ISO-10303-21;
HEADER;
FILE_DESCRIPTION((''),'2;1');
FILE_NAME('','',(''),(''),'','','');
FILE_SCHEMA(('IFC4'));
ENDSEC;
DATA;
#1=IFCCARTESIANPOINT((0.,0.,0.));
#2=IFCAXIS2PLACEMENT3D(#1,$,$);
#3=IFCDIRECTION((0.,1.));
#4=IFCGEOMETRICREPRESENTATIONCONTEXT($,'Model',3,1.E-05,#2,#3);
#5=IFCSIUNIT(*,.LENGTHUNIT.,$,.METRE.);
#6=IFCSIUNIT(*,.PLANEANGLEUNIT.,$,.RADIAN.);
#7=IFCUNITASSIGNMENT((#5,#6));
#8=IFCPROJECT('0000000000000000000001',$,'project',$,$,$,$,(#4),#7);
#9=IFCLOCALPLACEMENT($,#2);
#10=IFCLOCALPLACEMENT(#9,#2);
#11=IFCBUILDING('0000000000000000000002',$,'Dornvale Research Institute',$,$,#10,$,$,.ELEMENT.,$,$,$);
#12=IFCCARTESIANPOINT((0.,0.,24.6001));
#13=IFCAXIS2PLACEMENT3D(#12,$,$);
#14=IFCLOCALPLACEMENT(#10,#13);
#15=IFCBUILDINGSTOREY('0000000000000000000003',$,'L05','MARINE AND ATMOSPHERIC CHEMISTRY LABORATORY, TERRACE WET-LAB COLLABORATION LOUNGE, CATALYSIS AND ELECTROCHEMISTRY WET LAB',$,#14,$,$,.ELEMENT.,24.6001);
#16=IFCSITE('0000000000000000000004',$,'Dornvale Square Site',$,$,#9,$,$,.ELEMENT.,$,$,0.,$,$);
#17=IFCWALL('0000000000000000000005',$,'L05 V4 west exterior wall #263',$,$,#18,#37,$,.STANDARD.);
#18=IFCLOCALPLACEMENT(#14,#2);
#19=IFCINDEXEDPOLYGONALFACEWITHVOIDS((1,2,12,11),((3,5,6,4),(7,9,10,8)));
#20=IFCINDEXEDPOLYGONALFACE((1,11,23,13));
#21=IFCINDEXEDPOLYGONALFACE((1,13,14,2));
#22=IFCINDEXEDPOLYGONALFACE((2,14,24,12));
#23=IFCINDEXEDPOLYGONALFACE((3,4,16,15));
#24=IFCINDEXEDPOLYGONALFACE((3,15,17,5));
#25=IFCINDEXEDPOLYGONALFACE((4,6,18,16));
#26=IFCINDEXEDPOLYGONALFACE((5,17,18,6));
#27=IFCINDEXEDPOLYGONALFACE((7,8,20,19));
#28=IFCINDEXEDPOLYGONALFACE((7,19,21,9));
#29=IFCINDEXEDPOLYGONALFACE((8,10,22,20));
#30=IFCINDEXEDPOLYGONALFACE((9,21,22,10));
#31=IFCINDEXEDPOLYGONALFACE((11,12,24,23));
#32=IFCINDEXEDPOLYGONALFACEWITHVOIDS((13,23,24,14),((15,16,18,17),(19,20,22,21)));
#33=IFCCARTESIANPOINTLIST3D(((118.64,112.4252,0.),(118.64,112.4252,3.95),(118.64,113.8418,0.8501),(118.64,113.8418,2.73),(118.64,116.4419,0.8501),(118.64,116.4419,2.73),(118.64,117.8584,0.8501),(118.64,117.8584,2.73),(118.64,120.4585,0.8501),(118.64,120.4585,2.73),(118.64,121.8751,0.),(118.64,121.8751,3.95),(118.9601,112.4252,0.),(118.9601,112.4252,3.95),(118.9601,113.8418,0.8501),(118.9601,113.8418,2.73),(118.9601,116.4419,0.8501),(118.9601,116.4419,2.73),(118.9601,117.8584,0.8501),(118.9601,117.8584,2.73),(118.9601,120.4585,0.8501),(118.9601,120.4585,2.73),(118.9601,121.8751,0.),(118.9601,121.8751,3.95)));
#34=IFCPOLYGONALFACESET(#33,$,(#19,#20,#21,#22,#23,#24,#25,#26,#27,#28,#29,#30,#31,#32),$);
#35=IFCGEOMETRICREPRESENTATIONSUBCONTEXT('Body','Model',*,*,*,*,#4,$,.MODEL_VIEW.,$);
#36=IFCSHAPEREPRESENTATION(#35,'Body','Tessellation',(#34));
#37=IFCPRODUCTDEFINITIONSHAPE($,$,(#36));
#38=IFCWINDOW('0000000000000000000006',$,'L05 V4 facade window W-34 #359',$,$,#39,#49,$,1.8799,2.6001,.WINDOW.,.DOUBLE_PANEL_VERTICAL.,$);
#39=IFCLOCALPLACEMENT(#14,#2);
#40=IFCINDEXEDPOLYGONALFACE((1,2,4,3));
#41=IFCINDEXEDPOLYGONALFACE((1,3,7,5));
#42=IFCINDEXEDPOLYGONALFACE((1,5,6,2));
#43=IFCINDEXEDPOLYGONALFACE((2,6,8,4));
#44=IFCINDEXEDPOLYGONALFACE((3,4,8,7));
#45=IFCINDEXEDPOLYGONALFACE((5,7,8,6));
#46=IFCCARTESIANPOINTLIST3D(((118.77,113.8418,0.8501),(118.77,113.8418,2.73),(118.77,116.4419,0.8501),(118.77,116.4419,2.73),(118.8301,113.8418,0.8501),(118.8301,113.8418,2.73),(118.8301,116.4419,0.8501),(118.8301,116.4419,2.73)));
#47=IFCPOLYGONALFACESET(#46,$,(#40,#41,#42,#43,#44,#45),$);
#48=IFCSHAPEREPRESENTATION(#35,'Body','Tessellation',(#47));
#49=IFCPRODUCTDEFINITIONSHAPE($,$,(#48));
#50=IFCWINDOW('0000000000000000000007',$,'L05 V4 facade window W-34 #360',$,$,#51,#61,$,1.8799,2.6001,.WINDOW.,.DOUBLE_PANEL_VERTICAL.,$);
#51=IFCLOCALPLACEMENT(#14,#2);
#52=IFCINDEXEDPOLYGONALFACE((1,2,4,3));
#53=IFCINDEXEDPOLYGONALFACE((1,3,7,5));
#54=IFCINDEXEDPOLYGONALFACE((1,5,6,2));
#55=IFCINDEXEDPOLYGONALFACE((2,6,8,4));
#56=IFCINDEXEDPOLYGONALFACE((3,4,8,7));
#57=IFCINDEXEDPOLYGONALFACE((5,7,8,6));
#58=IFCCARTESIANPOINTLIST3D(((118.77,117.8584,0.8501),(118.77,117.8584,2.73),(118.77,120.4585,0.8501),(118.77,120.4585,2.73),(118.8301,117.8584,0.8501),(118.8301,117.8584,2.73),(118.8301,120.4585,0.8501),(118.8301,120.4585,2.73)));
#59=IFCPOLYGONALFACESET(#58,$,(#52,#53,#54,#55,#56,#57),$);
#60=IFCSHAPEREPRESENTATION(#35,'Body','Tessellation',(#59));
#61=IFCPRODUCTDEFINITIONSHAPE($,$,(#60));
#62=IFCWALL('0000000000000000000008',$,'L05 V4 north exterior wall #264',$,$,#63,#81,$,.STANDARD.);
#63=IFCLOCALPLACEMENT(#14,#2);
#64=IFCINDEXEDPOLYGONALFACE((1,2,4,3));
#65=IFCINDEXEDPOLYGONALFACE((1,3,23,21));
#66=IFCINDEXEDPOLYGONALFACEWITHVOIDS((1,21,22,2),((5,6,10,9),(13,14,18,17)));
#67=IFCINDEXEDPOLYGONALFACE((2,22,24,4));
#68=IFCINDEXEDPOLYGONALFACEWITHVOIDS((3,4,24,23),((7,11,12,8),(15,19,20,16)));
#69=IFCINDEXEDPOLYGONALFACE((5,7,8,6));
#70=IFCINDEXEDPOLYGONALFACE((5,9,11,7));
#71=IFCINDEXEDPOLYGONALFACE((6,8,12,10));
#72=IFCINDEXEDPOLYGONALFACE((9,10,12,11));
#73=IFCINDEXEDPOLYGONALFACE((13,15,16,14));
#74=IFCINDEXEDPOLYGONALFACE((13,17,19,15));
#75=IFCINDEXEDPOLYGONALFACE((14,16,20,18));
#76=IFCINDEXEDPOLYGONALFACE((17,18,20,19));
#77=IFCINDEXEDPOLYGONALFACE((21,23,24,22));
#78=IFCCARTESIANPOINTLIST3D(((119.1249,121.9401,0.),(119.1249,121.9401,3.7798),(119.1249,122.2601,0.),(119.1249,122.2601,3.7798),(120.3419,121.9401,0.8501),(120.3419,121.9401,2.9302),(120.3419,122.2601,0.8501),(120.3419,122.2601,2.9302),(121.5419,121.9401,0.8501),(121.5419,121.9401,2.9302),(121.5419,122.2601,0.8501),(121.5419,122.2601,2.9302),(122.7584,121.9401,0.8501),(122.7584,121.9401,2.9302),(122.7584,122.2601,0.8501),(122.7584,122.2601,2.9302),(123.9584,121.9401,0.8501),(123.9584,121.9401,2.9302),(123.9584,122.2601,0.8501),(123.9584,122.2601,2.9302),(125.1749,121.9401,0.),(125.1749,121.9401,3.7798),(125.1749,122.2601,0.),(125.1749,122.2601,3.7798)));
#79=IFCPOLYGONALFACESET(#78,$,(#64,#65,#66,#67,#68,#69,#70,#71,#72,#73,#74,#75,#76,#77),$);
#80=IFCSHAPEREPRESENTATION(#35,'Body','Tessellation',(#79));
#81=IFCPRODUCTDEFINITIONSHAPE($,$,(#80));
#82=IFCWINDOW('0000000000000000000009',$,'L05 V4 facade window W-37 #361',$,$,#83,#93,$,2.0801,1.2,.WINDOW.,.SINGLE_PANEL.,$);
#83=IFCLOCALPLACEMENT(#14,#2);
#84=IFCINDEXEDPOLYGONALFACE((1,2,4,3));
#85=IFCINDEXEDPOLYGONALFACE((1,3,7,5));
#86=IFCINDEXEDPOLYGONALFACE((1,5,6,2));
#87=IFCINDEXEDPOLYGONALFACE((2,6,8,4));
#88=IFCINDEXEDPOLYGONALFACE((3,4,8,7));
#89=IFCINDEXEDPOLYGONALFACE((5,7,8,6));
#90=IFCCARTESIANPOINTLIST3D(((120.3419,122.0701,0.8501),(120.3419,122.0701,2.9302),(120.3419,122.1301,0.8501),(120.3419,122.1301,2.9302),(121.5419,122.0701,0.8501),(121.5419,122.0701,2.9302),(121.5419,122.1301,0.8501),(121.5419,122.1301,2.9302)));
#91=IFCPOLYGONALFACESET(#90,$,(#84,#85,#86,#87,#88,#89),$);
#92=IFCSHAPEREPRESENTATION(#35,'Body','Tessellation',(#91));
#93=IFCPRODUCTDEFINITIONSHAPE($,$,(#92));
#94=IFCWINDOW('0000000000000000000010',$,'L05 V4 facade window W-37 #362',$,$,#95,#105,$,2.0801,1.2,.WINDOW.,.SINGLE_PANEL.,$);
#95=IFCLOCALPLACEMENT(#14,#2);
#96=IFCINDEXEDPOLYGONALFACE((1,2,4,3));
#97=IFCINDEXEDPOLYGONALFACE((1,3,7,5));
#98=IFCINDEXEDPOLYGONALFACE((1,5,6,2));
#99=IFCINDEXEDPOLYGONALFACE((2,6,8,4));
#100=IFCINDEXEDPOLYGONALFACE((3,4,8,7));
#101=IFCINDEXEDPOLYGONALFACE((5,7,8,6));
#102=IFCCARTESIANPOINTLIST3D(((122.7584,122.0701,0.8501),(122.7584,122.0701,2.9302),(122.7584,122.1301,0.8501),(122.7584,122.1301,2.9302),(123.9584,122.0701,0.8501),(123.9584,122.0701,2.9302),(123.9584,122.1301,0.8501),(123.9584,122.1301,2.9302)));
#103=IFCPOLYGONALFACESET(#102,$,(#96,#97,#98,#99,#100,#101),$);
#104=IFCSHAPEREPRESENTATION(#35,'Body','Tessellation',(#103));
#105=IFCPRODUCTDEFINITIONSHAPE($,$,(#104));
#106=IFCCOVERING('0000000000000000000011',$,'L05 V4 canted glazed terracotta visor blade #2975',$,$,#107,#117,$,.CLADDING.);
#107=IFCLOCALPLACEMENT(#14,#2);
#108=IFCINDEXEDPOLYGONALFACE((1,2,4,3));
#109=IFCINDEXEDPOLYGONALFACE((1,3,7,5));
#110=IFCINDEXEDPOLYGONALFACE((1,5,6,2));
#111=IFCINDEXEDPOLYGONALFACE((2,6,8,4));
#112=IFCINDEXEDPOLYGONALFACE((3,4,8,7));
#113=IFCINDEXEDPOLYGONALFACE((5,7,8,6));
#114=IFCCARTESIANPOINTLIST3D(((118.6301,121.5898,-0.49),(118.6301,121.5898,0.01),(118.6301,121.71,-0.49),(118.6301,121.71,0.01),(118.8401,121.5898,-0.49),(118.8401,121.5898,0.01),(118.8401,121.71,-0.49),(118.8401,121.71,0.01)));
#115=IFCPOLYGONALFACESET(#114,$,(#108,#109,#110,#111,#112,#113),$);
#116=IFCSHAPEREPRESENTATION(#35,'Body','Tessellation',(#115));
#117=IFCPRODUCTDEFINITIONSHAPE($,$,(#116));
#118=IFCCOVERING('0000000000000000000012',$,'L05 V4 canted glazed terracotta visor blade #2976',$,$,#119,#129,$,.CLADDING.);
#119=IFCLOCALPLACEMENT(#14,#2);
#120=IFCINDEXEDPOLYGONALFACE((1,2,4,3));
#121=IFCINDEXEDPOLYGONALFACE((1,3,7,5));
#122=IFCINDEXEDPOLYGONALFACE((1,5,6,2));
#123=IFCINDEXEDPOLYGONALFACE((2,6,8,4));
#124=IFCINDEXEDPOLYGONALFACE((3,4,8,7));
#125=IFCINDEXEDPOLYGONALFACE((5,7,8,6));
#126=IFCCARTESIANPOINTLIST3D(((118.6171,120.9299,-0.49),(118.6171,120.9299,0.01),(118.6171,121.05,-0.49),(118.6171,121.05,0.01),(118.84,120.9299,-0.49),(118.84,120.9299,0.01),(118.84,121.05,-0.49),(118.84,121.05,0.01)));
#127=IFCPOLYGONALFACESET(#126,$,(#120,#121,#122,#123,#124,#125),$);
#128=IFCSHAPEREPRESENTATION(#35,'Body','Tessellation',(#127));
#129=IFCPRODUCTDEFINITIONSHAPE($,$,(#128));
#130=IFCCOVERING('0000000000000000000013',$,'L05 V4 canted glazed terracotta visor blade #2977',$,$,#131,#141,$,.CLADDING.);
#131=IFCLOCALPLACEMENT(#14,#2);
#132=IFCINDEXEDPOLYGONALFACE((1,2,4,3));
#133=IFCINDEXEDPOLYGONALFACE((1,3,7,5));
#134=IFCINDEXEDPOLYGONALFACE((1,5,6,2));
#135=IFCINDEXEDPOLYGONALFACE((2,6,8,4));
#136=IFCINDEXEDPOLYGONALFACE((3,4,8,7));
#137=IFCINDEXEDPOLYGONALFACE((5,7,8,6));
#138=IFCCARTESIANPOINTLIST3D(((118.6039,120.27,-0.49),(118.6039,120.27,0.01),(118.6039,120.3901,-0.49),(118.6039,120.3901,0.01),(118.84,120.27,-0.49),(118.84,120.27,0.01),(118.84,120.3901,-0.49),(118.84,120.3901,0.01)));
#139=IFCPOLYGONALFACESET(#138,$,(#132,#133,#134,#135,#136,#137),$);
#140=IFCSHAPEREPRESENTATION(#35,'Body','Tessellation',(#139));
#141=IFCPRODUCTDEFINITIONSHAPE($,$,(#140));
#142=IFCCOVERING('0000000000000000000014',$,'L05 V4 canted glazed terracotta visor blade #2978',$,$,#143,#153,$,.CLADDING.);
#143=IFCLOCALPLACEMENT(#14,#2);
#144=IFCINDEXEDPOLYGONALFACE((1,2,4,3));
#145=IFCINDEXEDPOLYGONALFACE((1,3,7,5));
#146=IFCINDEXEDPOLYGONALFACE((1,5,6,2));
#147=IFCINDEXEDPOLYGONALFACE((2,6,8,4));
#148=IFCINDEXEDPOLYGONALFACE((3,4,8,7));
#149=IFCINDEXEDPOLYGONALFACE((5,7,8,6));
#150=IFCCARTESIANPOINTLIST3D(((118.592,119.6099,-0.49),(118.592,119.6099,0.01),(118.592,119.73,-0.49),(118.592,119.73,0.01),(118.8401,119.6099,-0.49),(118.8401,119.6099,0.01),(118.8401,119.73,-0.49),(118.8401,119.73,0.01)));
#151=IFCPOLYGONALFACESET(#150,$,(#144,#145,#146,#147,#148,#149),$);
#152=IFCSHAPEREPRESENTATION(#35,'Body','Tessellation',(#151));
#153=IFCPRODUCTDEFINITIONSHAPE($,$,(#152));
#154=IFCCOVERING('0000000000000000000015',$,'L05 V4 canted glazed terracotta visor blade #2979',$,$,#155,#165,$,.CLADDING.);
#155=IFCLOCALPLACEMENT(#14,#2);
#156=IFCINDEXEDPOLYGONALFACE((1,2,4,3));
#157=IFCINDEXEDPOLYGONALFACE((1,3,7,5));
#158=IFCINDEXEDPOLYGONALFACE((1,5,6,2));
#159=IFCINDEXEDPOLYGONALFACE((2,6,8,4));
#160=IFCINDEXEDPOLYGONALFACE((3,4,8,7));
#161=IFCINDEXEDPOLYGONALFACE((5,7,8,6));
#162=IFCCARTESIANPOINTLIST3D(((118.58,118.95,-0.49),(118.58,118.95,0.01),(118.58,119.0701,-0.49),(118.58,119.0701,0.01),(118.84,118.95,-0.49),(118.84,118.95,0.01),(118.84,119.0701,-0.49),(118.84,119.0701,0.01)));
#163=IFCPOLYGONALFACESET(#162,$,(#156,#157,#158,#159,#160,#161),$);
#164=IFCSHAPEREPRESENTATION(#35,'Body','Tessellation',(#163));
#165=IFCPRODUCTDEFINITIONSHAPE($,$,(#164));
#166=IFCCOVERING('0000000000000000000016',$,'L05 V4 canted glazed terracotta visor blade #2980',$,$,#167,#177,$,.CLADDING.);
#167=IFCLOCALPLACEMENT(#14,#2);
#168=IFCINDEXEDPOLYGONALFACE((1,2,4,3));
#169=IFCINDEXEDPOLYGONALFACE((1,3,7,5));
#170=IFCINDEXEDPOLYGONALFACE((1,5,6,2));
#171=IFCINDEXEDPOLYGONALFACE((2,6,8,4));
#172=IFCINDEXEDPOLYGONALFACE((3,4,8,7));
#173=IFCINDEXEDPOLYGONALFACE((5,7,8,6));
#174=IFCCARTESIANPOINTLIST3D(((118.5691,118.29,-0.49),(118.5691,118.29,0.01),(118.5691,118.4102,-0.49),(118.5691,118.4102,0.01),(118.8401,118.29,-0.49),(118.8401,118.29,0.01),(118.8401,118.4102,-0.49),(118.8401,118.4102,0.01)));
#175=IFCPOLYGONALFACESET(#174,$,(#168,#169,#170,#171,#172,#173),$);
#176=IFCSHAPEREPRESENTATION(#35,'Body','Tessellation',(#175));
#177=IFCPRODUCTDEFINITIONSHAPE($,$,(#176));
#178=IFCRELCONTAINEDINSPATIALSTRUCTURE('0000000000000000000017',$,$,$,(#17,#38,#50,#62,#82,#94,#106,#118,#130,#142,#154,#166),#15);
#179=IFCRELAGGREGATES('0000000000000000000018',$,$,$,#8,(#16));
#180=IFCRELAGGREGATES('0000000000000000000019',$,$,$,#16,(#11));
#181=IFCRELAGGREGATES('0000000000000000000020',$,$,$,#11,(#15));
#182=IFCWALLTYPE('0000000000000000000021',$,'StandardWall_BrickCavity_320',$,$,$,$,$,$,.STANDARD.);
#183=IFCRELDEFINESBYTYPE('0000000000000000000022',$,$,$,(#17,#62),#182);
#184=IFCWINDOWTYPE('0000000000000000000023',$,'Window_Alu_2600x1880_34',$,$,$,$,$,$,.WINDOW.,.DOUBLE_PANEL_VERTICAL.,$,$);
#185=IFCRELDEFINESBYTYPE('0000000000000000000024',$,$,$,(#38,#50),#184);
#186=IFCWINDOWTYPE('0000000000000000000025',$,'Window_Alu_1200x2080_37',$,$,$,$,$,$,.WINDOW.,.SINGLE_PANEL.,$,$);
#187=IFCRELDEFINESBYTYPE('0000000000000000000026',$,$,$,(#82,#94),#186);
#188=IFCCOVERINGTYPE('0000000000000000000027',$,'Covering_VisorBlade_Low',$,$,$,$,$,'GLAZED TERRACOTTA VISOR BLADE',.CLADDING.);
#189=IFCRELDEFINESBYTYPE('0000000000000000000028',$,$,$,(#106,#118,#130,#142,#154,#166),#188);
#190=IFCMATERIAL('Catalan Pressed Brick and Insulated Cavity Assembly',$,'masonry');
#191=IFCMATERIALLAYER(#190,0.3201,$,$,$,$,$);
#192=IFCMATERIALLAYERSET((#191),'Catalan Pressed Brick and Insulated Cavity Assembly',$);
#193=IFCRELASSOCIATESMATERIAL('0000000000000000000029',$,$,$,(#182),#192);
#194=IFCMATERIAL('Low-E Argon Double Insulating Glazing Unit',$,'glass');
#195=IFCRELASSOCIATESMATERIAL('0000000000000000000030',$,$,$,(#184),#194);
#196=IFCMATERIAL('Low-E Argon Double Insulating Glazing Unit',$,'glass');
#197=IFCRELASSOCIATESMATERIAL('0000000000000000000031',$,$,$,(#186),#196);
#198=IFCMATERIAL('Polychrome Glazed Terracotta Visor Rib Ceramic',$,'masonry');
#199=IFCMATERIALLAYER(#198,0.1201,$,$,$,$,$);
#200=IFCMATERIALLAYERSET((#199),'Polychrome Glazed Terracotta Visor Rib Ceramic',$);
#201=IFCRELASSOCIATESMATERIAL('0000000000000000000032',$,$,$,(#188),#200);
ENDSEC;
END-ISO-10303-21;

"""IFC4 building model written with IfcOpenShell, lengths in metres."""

from ifc_helpers import new_model, si_unit, direction, frame, frame_2d, origin, origin_2d, place, context, subcontext, project, spatial, rectangle, extrude, material, layer, layer_set, type_object, element, fill, save


model = new_model("IFC4")

# Units and contexts
model_context = context("Model", 3, precision=1e-05, world=origin(), true_north=direction((0.0, 1.0)))
body_context = subcontext(model_context, "Body", "Model", "MODEL_VIEW")
ifc_project = project(units=[si_unit("LENGTHUNIT", "METRE"), si_unit("PLANEANGLEUNIT", "RADIAN")], contexts=[model_context])

# Site, building, storey
site_placement = place(None, origin())
site = spatial("IfcSite", under=ifc_project, at=site_placement, Name="Dornvale Square Site", CompositionType="ELEMENT", RefElevation=0.0)
building_placement = place(site_placement, origin())
building = spatial("IfcBuilding", under=site, at=building_placement, Name="Dornvale Research Institute", CompositionType="ELEMENT")
storey_placement = place(building_placement, frame((0.0, 0.0, 24.6001)))
storey = spatial("IfcBuildingStorey", under=building, at=storey_placement, Name="L05", Description="MARINE AND ATMOSPHERIC CHEMISTRY LABORATORY, TERRACE WET-LAB COLLABORATION LOUNGE, CATALYSIS AND ELECTROCHEMISTRY WET LAB", CompositionType="ELEMENT", Elevation=24.6001)

# Walls, openings, windows
ifc_material_1 = material(Name="Catalan Pressed Brick and Insulated Cavity Assembly", Category="masonry")
ifc_layer_1 = layer(ifc_material_1, 0.3201)
ifc_layer_set_1 = layer_set([ifc_layer_1], Name="Catalan Pressed Brick and Insulated Cavity Assembly")
wall_type_1 = type_object("IfcWallType", Name="StandardWall_BrickCavity_320", PredefinedType="STANDARD", material=ifc_layer_set_1)
wall_1_placement = place(storey_placement, frame((118.8, 112.425, 0.0), z_axis=(0.0, 0.0, 1.0), x_axis=(0.0, 1.0, 0.0)))
wall_1 = element("IfcWall", 1, at=wall_1_placement, inside=storey, type_object=wall_type_1, Name="L05 V4 west exterior wall #263", PredefinedType="STANDARD", context=body_context, shape_type="SweptSolid", body=[
    extrude(rectangle(XDim=9.45, YDim=0.3201, at=frame_2d((4.7251, 0.0))), origin(), (0.0, 0.0, 1.0), 3.95),
])
opening_1_placement = place(wall_1_placement, frame((1.4167, 0.0, 0.8501)))
opening_1 = element("IfcOpeningElement", 2, at=opening_1_placement, cuts=wall_1, PredefinedType="OPENING", context=body_context, shape_type="SweptSolid", body=[
    extrude(rectangle(XDim=2.6001, YDim=1.8799, at=frame_2d((1.3, 0.9399))), frame((0.0, 0.175, 0.0), z_axis=(0.0, -1.0, 0.0), x_axis=(1.0, 0.0, 0.0)), (0.0, 0.0, 1.0), 0.3501),
])
opening_2_placement = place(wall_1_placement, frame((5.4333, 0.0, 0.8501)))
opening_2 = element("IfcOpeningElement", 3, at=opening_2_placement, cuts=wall_1, PredefinedType="OPENING", context=body_context, shape_type="SweptSolid", body=[
    extrude(rectangle(XDim=2.6001, YDim=1.8799, at=frame_2d((1.3, 0.9399))), frame((0.0, 0.175, 0.0), z_axis=(0.0, -1.0, 0.0), x_axis=(1.0, 0.0, 0.0)), (0.0, 0.0, 1.0), 0.3501),
])
ifc_material_2 = material(Name="Low-E Argon Double Insulating Glazing Unit", Category="glass")
window_type_1 = type_object("IfcWindowType", Name="Window_Alu_2600x1880_34", PartitioningType="DOUBLE_PANEL_VERTICAL", PredefinedType="WINDOW", material=ifc_material_2)
window_1_placement = place(opening_1_placement, origin())
window_1 = element("IfcWindow", 4, at=window_1_placement, inside=storey, type_object=window_type_1, Name="L05 V4 facade window W-34 #359", OverallHeight=1.8799, OverallWidth=2.6001, PartitioningType="DOUBLE_PANEL_VERTICAL", PredefinedType="WINDOW", context=body_context, shape_type="SweptSolid", body=[
    extrude(rectangle(XDim=2.6001, YDim=1.8799, at=frame_2d((1.3, 0.9399))), frame((0.0, 0.03, 0.0), z_axis=(0.0, -1.0, 0.0), x_axis=(1.0, 0.0, 0.0)), (0.0, 0.0, 1.0), 0.0601),
])
fill(opening_1, window_1)
window_2_placement = place(opening_2_placement, origin())
window_2 = element("IfcWindow", 5, at=window_2_placement, inside=storey, type_object=window_type_1, Name="L05 V4 facade window W-34 #360", OverallHeight=1.8799, OverallWidth=2.6001, PartitioningType="DOUBLE_PANEL_VERTICAL", PredefinedType="WINDOW", context=body_context, shape_type="SweptSolid", body=[
    extrude(rectangle(XDim=2.6001, YDim=1.8799, at=frame_2d((1.3, 0.9399))), frame((0.0, 0.03, 0.0), z_axis=(0.0, -1.0, 0.0), x_axis=(1.0, 0.0, 0.0)), (0.0, 0.0, 1.0), 0.0601),
])
fill(opening_2, window_2)
wall_2_placement = place(storey_placement, frame((119.125, 122.1001, 0.0), z_axis=(0.0, 0.0, 1.0), x_axis=(1.0, 0.0, 0.0)))
wall_2 = element("IfcWall", 6, at=wall_2_placement, inside=storey, type_object=wall_type_1, Name="L05 V4 north exterior wall #264", PredefinedType="STANDARD", context=body_context, shape_type="SweptSolid", body=[
    extrude(rectangle(XDim=6.05, YDim=0.3201, at=frame_2d((3.0249, 0.0))), origin(), (0.0, 0.0, 1.0), 3.7798),
])
opening_3_placement = place(wall_2_placement, frame((1.2168, 0.0, 0.8501)))
opening_3 = element("IfcOpeningElement", 7, at=opening_3_placement, cuts=wall_2, PredefinedType="OPENING", context=body_context, shape_type="SweptSolid", body=[
    extrude(rectangle(XDim=1.2, YDim=2.0801, at=frame_2d((0.6001, 1.04))), frame((0.0, 0.175, 0.0), z_axis=(0.0, -1.0, 0.0), x_axis=(1.0, 0.0, 0.0)), (0.0, 0.0, 1.0), 0.3501),
])
opening_4_placement = place(wall_2_placement, frame((3.6333, 0.0, 0.8501)))
opening_4 = element("IfcOpeningElement", 8, at=opening_4_placement, cuts=wall_2, PredefinedType="OPENING", context=body_context, shape_type="SweptSolid", body=[
    extrude(rectangle(XDim=1.2, YDim=2.0801, at=frame_2d((0.6001, 1.04))), frame((0.0, 0.175, 0.0), z_axis=(0.0, -1.0, 0.0), x_axis=(1.0, 0.0, 0.0)), (0.0, 0.0, 1.0), 0.3501),
])
ifc_material_3 = material(Name="Low-E Argon Double Insulating Glazing Unit", Category="glass")
window_type_2 = type_object("IfcWindowType", Name="Window_Alu_1200x2080_37", PartitioningType="SINGLE_PANEL", PredefinedType="WINDOW", material=ifc_material_3)
window_3_placement = place(opening_3_placement, origin())
window_3 = element("IfcWindow", 9, at=window_3_placement, inside=storey, type_object=window_type_2, Name="L05 V4 facade window W-37 #361", OverallHeight=2.0801, OverallWidth=1.2, PartitioningType="SINGLE_PANEL", PredefinedType="WINDOW", context=body_context, shape_type="SweptSolid", body=[
    extrude(rectangle(XDim=1.2, YDim=2.0801, at=frame_2d((0.6001, 1.04))), frame((0.0, 0.03, 0.0), z_axis=(0.0, -1.0, 0.0), x_axis=(1.0, 0.0, 0.0)), (0.0, 0.0, 1.0), 0.0601),
])
fill(opening_3, window_3)
window_4_placement = place(opening_4_placement, origin())
window_4 = element("IfcWindow", 10, at=window_4_placement, inside=storey, type_object=window_type_2, Name="L05 V4 facade window W-37 #362", OverallHeight=2.0801, OverallWidth=1.2, PartitioningType="SINGLE_PANEL", PredefinedType="WINDOW", context=body_context, shape_type="SweptSolid", body=[
    extrude(rectangle(XDim=1.2, YDim=2.0801, at=frame_2d((0.6001, 1.04))), frame((0.0, 0.03, 0.0), z_axis=(0.0, -1.0, 0.0), x_axis=(1.0, 0.0, 0.0)), (0.0, 0.0, 1.0), 0.0601),
])
fill(opening_4, window_4)

# Coverings
ifc_material_4 = material(Name="Polychrome Glazed Terracotta Visor Rib Ceramic", Category="masonry")
ifc_layer_2 = layer(ifc_material_4, 0.1201)
ifc_layer_set_2 = layer_set([ifc_layer_2], Name="Polychrome Glazed Terracotta Visor Rib Ceramic")
covering_type = type_object("IfcCoveringType", Name="Covering_VisorBlade_Low", ElementType="GLAZED TERRACOTTA VISOR BLADE", PredefinedType="CLADDING", material=ifc_layer_set_2)
covering_1_placement = place(storey_placement, frame((118.7351, 121.6499, -0.49), z_axis=(0.0, 0.0, 1.0), x_axis=(1.0, 0.0, 0.0)))
element("IfcCovering", 11, at=covering_1_placement, inside=storey, type_object=covering_type, Name="L05 V4 canted glazed terracotta visor blade #2975", PredefinedType="CLADDING", context=body_context, shape_type="SweptSolid", body=[
    extrude(rectangle(XDim=0.21, YDim=0.1201, at=origin_2d()), origin(), (0.0, 0.0, 1.0), 0.5),
])
covering_2_placement = place(storey_placement, frame((118.7285, 120.99, -0.49), z_axis=(0.0, 0.0, 1.0), x_axis=(1.0, 0.0, 0.0)))
element("IfcCovering", 12, at=covering_2_placement, inside=storey, type_object=covering_type, Name="L05 V4 canted glazed terracotta visor blade #2976", PredefinedType="CLADDING", context=body_context, shape_type="SweptSolid", body=[
    extrude(rectangle(XDim=0.2229, YDim=0.1201, at=origin_2d()), origin(), (0.0, 0.0, 1.0), 0.5),
])
covering_3_placement = place(storey_placement, frame((118.7219, 120.3301, -0.49), z_axis=(0.0, 0.0, 1.0), x_axis=(1.0, 0.0, 0.0)))
element("IfcCovering", 13, at=covering_3_placement, inside=storey, type_object=covering_type, Name="L05 V4 canted glazed terracotta visor blade #2977", PredefinedType="CLADDING", context=body_context, shape_type="SweptSolid", body=[
    extrude(rectangle(XDim=0.2361, YDim=0.1201, at=origin_2d()), origin(), (0.0, 0.0, 1.0), 0.5),
])
covering_4_placement = place(storey_placement, frame((118.7161, 119.6699, -0.49), z_axis=(0.0, 0.0, 1.0), x_axis=(1.0, 0.0, 0.0)))
element("IfcCovering", 14, at=covering_4_placement, inside=storey, type_object=covering_type, Name="L05 V4 canted glazed terracotta visor blade #2978", PredefinedType="CLADDING", context=body_context, shape_type="SweptSolid", body=[
    extrude(rectangle(XDim=0.248, YDim=0.1201, at=origin_2d()), origin(), (0.0, 0.0, 1.0), 0.5),
])
covering_5_placement = place(storey_placement, frame((118.71, 119.01, -0.49), z_axis=(0.0, 0.0, 1.0), x_axis=(1.0, 0.0, 0.0)))
element("IfcCovering", 15, at=covering_5_placement, inside=storey, type_object=covering_type, Name="L05 V4 canted glazed terracotta visor blade #2979", PredefinedType="CLADDING", context=body_context, shape_type="SweptSolid", body=[
    extrude(rectangle(XDim=0.26, YDim=0.1201, at=origin_2d()), origin(), (0.0, 0.0, 1.0), 0.5),
])
covering_6_placement = place(storey_placement, frame((118.7046, 118.3501, -0.49), z_axis=(0.0, 0.0, 1.0), x_axis=(1.0, 0.0, 0.0)))
element("IfcCovering", 16, at=covering_6_placement, inside=storey, type_object=covering_type, Name="L05 V4 canted glazed terracotta visor blade #2980", PredefinedType="CLADDING", context=body_context, shape_type="SweptSolid", body=[
    extrude(rectangle(XDim=0.271, YDim=0.1201, at=origin_2d()), origin(), (0.0, 0.0, 1.0), 0.5),
])

save(model, "model.ifc")
